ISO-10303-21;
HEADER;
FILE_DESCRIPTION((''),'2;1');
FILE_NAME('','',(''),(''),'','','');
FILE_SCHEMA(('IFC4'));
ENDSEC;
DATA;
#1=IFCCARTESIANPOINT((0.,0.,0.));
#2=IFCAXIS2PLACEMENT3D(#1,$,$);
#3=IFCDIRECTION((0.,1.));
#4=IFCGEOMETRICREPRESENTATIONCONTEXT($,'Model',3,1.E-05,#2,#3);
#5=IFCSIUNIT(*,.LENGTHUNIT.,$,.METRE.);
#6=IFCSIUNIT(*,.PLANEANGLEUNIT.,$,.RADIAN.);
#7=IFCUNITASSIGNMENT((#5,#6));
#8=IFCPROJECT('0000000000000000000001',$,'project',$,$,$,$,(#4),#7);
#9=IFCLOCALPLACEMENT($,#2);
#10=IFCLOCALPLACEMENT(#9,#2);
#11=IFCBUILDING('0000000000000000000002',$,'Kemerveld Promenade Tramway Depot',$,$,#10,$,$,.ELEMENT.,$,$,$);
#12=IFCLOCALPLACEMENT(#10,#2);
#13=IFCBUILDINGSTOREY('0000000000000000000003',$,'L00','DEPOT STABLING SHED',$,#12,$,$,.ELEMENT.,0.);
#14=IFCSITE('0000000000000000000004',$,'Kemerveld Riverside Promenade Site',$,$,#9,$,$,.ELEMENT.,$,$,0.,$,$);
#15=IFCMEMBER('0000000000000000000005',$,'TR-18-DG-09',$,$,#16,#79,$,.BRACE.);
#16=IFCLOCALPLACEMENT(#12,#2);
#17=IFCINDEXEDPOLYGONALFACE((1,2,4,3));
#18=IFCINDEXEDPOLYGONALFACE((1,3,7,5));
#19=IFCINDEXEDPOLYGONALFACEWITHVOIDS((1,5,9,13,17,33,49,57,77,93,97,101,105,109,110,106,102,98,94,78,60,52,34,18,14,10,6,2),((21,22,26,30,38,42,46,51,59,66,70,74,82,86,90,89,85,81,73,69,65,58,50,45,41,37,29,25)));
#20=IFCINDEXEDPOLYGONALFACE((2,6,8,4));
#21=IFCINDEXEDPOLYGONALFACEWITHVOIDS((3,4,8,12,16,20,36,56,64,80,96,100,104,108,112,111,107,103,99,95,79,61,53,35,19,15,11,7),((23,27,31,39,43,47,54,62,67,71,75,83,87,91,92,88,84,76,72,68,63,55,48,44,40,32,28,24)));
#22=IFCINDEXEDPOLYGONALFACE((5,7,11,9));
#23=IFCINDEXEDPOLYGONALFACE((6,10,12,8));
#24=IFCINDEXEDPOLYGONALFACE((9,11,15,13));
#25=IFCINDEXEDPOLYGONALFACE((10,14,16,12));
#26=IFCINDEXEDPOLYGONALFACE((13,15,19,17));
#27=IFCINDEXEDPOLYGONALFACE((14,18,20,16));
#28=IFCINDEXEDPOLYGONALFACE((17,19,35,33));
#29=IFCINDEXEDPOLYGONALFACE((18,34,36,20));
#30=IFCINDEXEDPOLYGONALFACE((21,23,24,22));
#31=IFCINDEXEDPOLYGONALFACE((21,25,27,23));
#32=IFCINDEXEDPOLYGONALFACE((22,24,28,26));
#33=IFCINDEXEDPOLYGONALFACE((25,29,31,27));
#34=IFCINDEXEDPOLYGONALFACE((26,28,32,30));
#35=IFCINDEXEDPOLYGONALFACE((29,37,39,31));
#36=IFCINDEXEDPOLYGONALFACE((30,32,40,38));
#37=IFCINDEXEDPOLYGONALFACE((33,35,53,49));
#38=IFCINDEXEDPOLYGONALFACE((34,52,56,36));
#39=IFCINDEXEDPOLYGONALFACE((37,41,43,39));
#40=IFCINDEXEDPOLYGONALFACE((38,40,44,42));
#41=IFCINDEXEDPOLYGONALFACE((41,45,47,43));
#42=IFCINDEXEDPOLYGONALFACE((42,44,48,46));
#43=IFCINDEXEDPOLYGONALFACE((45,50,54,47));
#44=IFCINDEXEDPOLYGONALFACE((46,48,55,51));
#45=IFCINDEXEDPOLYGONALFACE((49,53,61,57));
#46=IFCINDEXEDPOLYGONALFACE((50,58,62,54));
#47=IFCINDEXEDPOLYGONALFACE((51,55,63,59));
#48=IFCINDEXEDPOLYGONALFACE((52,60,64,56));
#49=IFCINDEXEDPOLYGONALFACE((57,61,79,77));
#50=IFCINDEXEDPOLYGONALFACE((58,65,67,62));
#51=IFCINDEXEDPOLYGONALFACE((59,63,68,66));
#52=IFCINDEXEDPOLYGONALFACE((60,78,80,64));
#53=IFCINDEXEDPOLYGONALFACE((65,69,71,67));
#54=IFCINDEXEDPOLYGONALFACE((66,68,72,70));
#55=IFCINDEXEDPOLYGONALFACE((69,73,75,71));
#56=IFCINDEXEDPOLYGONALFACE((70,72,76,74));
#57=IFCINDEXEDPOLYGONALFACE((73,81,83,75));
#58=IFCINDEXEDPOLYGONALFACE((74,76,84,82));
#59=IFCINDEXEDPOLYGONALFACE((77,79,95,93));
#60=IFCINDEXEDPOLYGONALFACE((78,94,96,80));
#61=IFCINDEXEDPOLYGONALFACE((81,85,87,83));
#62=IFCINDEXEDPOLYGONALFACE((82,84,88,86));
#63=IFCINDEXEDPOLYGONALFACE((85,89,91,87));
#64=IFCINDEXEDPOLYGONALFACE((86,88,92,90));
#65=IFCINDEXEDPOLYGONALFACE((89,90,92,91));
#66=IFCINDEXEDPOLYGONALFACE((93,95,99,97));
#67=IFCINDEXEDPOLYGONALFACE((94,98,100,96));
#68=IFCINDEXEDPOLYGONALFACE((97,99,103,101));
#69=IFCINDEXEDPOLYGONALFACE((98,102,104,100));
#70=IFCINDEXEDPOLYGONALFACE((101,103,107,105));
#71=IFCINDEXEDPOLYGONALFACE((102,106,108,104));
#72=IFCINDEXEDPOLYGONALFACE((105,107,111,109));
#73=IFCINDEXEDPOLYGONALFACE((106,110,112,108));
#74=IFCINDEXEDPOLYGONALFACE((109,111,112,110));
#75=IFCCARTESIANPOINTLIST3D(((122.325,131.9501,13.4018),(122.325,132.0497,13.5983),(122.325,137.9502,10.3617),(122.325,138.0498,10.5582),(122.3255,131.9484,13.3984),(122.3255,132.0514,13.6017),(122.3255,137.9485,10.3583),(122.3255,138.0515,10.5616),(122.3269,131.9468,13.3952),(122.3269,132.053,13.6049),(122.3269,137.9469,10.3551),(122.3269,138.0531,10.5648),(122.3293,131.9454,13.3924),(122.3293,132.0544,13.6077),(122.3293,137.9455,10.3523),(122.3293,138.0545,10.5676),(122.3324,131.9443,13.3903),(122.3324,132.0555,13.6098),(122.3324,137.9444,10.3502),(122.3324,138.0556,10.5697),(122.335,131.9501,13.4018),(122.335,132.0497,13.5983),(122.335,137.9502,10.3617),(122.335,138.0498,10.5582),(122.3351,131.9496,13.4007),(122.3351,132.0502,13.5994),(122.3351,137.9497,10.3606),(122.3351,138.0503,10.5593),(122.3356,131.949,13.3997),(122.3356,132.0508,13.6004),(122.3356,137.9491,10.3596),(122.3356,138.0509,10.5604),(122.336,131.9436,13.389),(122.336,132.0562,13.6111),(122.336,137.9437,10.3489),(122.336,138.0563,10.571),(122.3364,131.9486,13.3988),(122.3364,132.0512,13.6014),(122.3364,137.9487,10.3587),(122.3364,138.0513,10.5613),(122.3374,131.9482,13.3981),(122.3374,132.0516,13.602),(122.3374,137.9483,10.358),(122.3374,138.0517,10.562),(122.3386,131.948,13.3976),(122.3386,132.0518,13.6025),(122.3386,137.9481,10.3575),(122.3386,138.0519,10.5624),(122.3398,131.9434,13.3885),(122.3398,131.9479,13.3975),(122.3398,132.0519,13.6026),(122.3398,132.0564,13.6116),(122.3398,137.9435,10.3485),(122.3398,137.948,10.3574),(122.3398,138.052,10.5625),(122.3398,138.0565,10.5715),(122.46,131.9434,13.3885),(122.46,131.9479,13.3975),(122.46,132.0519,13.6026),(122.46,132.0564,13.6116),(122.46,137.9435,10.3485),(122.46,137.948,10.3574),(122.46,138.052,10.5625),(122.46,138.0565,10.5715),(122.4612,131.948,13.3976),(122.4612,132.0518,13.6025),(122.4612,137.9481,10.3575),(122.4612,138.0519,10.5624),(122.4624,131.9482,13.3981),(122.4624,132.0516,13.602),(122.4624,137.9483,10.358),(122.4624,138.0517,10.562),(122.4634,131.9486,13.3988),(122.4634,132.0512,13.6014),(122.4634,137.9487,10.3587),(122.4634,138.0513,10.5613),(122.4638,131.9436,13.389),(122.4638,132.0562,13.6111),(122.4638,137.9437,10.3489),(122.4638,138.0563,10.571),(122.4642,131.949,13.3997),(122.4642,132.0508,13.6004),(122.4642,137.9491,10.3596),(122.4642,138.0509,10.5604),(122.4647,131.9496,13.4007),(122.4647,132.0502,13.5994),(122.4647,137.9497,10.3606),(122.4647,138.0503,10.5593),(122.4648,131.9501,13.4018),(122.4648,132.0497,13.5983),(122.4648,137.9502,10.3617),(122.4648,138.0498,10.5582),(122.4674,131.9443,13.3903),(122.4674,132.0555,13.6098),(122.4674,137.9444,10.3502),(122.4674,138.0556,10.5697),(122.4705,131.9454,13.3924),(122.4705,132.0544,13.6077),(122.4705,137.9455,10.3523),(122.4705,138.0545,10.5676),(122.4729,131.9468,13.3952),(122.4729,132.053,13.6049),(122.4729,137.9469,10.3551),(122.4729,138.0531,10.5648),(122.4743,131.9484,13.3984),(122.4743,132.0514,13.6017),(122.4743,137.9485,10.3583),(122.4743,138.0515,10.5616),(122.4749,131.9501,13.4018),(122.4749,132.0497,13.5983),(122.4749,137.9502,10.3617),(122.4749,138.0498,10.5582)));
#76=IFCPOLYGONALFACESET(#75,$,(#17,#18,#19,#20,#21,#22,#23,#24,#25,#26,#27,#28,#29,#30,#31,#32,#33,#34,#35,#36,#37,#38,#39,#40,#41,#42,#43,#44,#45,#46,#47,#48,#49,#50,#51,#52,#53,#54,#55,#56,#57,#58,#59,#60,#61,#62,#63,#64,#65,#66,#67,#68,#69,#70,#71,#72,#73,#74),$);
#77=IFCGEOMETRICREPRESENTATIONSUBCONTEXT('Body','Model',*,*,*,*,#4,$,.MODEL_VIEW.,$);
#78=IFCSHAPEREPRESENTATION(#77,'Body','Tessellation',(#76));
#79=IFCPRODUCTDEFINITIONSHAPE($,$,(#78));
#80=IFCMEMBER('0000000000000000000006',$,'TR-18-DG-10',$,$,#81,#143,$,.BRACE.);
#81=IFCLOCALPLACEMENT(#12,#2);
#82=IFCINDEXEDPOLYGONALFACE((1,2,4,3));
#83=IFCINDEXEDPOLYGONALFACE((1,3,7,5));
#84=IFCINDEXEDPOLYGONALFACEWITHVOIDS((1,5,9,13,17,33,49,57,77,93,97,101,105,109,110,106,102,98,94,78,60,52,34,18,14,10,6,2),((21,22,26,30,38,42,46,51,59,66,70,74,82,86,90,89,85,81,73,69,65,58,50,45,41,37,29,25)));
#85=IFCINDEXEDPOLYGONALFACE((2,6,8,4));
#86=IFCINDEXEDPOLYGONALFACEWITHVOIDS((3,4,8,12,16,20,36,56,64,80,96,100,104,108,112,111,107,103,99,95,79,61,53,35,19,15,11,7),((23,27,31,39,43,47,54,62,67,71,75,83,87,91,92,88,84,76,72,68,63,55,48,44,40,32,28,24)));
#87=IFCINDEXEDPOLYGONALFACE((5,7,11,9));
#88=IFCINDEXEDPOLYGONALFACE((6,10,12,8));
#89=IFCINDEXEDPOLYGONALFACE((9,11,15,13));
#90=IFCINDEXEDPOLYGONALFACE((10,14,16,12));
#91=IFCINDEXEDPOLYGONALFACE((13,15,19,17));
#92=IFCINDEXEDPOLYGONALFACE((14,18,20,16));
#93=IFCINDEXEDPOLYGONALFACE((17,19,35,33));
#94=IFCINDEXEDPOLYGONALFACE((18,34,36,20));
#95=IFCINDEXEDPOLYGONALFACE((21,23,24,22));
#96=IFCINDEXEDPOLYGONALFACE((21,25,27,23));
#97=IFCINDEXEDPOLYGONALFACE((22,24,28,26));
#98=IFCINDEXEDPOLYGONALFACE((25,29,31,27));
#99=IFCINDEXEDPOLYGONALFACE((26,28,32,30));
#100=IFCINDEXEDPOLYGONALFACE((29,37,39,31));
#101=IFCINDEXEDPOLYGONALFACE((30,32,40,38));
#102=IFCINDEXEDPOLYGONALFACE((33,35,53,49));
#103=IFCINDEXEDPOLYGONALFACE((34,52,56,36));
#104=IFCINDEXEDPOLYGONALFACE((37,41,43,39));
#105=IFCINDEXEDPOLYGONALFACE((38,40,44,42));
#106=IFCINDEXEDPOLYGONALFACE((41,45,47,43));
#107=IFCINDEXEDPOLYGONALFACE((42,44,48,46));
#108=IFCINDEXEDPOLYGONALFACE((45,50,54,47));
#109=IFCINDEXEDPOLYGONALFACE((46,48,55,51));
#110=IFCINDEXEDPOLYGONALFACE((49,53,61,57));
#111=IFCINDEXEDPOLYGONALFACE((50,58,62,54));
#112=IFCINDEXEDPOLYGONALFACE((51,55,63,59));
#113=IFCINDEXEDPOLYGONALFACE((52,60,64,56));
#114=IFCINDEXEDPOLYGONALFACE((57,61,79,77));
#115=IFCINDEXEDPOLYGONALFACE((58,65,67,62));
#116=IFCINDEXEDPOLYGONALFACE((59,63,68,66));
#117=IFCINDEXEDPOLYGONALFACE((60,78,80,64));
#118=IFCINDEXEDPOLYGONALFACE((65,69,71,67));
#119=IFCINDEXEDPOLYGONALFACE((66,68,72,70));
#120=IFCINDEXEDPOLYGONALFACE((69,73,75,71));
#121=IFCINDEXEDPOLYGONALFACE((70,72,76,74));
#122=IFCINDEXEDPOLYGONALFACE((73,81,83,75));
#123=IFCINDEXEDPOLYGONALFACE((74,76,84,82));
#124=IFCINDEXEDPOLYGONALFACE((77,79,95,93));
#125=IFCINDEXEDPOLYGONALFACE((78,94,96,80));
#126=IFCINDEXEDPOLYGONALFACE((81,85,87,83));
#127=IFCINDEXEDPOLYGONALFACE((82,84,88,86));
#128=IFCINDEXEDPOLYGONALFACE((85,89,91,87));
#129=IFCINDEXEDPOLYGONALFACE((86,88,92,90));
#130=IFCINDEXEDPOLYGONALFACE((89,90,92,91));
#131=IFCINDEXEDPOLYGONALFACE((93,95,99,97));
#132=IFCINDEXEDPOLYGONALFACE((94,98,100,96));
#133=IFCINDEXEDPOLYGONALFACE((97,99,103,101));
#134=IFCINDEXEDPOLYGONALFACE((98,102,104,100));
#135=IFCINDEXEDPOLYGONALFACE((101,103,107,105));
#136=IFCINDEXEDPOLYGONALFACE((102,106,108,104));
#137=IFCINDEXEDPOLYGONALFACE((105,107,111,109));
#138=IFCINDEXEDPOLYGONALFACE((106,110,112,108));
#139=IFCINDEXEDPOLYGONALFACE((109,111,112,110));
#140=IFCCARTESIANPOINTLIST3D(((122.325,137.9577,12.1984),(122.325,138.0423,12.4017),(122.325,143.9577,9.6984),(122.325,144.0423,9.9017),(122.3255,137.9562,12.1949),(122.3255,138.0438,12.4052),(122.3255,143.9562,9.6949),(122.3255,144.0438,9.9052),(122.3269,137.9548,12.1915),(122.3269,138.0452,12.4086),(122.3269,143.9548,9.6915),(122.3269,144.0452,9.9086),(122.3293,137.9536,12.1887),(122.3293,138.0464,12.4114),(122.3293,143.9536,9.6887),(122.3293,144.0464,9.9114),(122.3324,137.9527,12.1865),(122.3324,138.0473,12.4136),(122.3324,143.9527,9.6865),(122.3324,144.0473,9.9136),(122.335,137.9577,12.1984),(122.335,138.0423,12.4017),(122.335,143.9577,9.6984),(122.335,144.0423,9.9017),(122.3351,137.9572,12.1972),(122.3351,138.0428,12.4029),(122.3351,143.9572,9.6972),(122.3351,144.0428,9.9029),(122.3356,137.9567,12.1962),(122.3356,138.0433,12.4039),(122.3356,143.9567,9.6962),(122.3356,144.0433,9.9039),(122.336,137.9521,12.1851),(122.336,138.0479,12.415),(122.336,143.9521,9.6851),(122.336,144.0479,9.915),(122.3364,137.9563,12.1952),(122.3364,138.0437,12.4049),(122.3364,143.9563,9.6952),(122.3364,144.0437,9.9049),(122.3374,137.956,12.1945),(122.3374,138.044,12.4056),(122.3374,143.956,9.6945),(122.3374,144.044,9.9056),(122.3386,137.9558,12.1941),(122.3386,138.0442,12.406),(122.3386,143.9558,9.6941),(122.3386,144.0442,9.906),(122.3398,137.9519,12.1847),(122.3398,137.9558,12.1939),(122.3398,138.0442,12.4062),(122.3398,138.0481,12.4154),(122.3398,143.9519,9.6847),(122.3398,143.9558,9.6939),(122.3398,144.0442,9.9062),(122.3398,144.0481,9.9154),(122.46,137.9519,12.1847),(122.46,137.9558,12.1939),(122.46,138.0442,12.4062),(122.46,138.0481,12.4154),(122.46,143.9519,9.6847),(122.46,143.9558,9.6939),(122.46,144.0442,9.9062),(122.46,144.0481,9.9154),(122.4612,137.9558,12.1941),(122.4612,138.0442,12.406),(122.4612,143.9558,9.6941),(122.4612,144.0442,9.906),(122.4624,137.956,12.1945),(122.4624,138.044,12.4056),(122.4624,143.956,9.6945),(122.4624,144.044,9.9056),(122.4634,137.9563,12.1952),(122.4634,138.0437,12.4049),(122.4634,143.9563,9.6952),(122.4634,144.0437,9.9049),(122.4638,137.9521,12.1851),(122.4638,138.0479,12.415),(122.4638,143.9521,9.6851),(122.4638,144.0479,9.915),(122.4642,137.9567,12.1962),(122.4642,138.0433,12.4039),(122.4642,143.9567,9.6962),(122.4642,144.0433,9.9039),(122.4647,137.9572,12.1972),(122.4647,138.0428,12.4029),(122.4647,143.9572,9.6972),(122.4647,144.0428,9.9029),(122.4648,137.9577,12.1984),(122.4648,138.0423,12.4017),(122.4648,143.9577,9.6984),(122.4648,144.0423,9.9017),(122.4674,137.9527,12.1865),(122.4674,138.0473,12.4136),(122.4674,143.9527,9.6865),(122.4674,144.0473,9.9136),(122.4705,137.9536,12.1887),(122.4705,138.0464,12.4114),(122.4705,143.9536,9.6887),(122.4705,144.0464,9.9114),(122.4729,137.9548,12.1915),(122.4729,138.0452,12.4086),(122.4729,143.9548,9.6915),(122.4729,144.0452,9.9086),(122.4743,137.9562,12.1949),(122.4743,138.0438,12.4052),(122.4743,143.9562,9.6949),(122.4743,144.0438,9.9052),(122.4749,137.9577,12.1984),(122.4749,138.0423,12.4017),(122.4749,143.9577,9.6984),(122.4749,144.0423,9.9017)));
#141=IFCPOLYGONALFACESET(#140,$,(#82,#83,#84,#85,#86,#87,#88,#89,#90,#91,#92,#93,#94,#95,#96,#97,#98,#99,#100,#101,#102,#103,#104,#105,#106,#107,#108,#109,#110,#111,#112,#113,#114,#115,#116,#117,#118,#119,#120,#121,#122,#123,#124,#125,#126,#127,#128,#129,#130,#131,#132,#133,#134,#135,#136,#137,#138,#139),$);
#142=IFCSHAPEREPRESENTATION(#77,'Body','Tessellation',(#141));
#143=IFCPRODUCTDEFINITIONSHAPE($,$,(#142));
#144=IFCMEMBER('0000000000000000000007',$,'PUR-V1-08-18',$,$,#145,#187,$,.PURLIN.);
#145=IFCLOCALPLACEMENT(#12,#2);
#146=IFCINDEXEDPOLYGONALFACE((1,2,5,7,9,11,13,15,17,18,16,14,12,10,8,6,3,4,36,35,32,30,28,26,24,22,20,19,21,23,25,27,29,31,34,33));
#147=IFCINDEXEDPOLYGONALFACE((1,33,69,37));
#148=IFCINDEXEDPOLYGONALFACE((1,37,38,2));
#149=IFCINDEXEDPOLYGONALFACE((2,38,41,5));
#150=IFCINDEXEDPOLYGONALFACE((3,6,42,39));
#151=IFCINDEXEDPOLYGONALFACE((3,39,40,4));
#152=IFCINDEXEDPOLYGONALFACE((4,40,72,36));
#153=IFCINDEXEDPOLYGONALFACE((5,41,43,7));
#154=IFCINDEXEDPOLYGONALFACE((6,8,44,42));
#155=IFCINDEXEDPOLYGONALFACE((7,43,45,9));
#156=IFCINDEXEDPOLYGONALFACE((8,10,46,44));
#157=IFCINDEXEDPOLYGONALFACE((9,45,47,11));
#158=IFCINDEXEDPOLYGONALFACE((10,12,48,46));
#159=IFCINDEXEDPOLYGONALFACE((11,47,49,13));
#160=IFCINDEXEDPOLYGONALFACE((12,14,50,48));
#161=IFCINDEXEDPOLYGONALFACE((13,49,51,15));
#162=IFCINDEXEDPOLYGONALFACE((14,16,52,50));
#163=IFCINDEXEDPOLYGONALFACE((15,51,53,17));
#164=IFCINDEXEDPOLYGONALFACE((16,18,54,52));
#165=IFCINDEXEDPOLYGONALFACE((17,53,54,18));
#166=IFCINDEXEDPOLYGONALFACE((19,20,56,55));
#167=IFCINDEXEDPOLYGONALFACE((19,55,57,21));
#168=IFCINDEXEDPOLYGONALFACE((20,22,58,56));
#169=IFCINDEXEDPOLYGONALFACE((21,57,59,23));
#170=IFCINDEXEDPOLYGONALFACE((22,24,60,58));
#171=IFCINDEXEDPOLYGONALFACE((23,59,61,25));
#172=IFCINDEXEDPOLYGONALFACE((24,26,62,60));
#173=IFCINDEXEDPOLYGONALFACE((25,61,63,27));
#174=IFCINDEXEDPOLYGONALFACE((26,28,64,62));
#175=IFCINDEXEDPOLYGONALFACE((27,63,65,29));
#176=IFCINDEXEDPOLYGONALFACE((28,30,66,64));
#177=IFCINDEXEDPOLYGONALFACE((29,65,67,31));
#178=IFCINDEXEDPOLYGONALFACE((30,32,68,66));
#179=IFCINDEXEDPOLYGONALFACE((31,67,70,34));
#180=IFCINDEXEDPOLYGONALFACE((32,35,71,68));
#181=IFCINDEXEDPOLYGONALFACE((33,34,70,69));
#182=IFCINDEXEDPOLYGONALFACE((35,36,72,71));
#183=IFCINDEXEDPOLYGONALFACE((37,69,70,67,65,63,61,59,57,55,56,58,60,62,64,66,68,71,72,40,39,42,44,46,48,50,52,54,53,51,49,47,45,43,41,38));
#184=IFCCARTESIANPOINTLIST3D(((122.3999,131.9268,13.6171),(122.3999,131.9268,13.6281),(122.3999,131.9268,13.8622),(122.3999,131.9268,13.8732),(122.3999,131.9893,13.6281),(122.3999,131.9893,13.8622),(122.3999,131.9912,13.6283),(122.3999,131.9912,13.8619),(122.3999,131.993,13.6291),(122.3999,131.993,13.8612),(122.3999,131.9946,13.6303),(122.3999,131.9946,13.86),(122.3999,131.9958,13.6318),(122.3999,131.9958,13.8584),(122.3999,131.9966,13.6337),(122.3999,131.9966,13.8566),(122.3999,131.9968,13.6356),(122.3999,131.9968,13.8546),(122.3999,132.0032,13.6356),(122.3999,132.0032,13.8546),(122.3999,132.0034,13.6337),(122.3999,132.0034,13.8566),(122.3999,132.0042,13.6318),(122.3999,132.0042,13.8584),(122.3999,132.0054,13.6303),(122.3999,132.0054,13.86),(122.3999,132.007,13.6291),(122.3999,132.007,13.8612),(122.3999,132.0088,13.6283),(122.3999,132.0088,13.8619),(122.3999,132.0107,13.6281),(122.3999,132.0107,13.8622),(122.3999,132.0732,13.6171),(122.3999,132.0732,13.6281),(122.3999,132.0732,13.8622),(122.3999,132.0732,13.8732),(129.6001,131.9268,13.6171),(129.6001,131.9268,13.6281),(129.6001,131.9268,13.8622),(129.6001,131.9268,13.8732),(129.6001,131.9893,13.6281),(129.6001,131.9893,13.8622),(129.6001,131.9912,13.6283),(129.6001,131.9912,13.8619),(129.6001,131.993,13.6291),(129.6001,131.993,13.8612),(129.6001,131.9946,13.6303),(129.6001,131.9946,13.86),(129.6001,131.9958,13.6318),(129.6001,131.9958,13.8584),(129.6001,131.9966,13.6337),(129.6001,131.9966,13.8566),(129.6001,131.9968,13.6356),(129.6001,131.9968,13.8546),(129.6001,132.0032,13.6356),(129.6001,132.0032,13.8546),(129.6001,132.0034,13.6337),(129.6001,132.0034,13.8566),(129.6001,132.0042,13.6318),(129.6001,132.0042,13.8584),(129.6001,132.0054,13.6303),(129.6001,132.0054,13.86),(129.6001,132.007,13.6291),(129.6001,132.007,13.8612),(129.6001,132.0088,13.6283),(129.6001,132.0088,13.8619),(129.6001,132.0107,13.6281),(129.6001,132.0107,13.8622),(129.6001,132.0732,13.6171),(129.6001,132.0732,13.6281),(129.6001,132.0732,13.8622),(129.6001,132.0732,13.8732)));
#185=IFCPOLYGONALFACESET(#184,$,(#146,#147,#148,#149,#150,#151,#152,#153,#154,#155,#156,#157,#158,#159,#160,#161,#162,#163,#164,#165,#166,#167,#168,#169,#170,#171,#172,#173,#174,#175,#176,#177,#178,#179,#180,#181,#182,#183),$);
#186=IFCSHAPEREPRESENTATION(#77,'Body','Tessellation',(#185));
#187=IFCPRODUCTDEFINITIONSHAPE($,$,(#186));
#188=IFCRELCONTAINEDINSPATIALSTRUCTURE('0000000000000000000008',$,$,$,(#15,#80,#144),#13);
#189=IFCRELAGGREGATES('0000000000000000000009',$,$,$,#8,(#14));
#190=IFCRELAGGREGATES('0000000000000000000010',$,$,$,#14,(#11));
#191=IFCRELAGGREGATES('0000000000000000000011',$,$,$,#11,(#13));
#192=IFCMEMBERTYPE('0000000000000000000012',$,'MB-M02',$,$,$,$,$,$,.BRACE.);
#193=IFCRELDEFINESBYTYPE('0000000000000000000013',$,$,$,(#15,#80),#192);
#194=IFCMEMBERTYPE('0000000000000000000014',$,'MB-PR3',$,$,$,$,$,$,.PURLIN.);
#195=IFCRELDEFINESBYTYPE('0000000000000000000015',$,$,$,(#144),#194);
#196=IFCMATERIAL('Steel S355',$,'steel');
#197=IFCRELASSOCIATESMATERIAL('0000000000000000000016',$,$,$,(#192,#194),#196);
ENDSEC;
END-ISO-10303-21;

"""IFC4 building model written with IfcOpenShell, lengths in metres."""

from ifc_helpers import new_model, si_unit, direction, frame, origin, origin_2d, place, context, subcontext, project, spatial, hollow_rectangle, i_section, extrude, material, material_profile, profile_set, type_object, element, save


model = new_model("IFC4")

# Units and contexts
model_context = context("Model", 3, precision=1e-05, world=origin(), true_north=direction((0.0, 1.0)))
body_context = subcontext(model_context, "Body", "Model", "MODEL_VIEW")
ifc_project = project(units=[si_unit("LENGTHUNIT", "METRE"), si_unit("PLANEANGLEUNIT", "RADIAN")], contexts=[model_context])

# Site, building, storey
site_placement = place(None, origin())
site = spatial("IfcSite", under=ifc_project, at=site_placement, Name="Kemerveld Riverside Promenade Site", CompositionType="ELEMENT", RefElevation=0.0)
building_placement = place(site_placement, origin())
building = spatial("IfcBuilding", under=site, at=building_placement, Name="Kemerveld Promenade Tramway Depot", CompositionType="ELEMENT")
storey_placement = place(building_placement, origin())
storey = spatial("IfcBuildingStorey", under=building, at=storey_placement, Name="L00", Description="DEPOT STABLING SHED", CompositionType="ELEMENT", Elevation=0.0)

# Shared definitions
ifc_material_1 = material(Name="Steel S355", Category="steel")

# Members
ifc_material_profile_1 = material_profile(ifc_material_1, hollow_rectangle(XDim=0.1499, YDim=0.25, WallThickness=0.01, InnerFilletRadius=0.0049, OuterFilletRadius=0.0149, at=origin_2d()), Name="250x150x10.0 RHS")
ifc_profile_set_1 = profile_set([ifc_material_profile_1], Name="Steel S355")
member_type_1 = type_object("IfcMemberType", Name="MB-M02", PredefinedType="BRACE", material=ifc_profile_set_1)
member_1_placement = place(storey_placement, frame((122.3999, 138.0, 10.46), z_axis=(0.0, -0.892033, 0.451969), x_axis=(1.0, 0.0, 0.0)))
element("IfcMember", 1, at=member_1_placement, inside=storey, type_object=member_type_1, Name="TR-18-DG-09", PredefinedType="BRACE", context=body_context, shape_type="SweptSolid", body=[
    extrude(hollow_rectangle(XDim=0.1499, YDim=0.25, WallThickness=0.01, InnerFilletRadius=0.0049, OuterFilletRadius=0.0149, at=origin_2d()), origin(), (0.0, 0.0, 1.0), 6.7263),
])
member_2_placement = place(storey_placement, frame((122.3999, 144.0, 9.8), z_axis=(0.0, -0.923077, 0.384615), x_axis=(1.0, 0.0, 0.0)))
element("IfcMember", 2, at=member_2_placement, inside=storey, type_object=member_type_1, Name="TR-18-DG-10", PredefinedType="BRACE", context=body_context, shape_type="SweptSolid", body=[
    extrude(hollow_rectangle(XDim=0.1499, YDim=0.25, WallThickness=0.01, InnerFilletRadius=0.0049, OuterFilletRadius=0.0149, at=origin_2d()), origin(), (0.0, 0.0, 1.0), 6.5),
])
ifc_material_profile_2 = material_profile(ifc_material_1, i_section(OverallWidth=0.1465, OverallDepth=0.2561, WebThickness=0.0063, FlangeThickness=0.011, FilletRadius=0.0076, at=origin_2d()), Name="254x146x37 UB")
ifc_profile_set_2 = profile_set([ifc_material_profile_2], Name="Steel S355")
member_type_2 = type_object("IfcMemberType", Name="MB-PR3", PredefinedType="PURLIN", material=ifc_profile_set_2)
member_3_placement = place(storey_placement, frame((122.3999, 132.0, 13.7451), z_axis=(1.0, 0.0, 0.0), x_axis=(0.0, 1.0, 0.0)))
element("IfcMember", 3, at=member_3_placement, inside=storey, type_object=member_type_2, Name="PUR-V1-08-18", PredefinedType="PURLIN", context=body_context, shape_type="SweptSolid", body=[
    extrude(i_section(OverallWidth=0.1465, OverallDepth=0.2561, WebThickness=0.0063, FlangeThickness=0.011, FilletRadius=0.0076, at=origin_2d()), origin(), (0.0, 0.0, 1.0), 7.2002),
])

save(model, "model.ifc")
